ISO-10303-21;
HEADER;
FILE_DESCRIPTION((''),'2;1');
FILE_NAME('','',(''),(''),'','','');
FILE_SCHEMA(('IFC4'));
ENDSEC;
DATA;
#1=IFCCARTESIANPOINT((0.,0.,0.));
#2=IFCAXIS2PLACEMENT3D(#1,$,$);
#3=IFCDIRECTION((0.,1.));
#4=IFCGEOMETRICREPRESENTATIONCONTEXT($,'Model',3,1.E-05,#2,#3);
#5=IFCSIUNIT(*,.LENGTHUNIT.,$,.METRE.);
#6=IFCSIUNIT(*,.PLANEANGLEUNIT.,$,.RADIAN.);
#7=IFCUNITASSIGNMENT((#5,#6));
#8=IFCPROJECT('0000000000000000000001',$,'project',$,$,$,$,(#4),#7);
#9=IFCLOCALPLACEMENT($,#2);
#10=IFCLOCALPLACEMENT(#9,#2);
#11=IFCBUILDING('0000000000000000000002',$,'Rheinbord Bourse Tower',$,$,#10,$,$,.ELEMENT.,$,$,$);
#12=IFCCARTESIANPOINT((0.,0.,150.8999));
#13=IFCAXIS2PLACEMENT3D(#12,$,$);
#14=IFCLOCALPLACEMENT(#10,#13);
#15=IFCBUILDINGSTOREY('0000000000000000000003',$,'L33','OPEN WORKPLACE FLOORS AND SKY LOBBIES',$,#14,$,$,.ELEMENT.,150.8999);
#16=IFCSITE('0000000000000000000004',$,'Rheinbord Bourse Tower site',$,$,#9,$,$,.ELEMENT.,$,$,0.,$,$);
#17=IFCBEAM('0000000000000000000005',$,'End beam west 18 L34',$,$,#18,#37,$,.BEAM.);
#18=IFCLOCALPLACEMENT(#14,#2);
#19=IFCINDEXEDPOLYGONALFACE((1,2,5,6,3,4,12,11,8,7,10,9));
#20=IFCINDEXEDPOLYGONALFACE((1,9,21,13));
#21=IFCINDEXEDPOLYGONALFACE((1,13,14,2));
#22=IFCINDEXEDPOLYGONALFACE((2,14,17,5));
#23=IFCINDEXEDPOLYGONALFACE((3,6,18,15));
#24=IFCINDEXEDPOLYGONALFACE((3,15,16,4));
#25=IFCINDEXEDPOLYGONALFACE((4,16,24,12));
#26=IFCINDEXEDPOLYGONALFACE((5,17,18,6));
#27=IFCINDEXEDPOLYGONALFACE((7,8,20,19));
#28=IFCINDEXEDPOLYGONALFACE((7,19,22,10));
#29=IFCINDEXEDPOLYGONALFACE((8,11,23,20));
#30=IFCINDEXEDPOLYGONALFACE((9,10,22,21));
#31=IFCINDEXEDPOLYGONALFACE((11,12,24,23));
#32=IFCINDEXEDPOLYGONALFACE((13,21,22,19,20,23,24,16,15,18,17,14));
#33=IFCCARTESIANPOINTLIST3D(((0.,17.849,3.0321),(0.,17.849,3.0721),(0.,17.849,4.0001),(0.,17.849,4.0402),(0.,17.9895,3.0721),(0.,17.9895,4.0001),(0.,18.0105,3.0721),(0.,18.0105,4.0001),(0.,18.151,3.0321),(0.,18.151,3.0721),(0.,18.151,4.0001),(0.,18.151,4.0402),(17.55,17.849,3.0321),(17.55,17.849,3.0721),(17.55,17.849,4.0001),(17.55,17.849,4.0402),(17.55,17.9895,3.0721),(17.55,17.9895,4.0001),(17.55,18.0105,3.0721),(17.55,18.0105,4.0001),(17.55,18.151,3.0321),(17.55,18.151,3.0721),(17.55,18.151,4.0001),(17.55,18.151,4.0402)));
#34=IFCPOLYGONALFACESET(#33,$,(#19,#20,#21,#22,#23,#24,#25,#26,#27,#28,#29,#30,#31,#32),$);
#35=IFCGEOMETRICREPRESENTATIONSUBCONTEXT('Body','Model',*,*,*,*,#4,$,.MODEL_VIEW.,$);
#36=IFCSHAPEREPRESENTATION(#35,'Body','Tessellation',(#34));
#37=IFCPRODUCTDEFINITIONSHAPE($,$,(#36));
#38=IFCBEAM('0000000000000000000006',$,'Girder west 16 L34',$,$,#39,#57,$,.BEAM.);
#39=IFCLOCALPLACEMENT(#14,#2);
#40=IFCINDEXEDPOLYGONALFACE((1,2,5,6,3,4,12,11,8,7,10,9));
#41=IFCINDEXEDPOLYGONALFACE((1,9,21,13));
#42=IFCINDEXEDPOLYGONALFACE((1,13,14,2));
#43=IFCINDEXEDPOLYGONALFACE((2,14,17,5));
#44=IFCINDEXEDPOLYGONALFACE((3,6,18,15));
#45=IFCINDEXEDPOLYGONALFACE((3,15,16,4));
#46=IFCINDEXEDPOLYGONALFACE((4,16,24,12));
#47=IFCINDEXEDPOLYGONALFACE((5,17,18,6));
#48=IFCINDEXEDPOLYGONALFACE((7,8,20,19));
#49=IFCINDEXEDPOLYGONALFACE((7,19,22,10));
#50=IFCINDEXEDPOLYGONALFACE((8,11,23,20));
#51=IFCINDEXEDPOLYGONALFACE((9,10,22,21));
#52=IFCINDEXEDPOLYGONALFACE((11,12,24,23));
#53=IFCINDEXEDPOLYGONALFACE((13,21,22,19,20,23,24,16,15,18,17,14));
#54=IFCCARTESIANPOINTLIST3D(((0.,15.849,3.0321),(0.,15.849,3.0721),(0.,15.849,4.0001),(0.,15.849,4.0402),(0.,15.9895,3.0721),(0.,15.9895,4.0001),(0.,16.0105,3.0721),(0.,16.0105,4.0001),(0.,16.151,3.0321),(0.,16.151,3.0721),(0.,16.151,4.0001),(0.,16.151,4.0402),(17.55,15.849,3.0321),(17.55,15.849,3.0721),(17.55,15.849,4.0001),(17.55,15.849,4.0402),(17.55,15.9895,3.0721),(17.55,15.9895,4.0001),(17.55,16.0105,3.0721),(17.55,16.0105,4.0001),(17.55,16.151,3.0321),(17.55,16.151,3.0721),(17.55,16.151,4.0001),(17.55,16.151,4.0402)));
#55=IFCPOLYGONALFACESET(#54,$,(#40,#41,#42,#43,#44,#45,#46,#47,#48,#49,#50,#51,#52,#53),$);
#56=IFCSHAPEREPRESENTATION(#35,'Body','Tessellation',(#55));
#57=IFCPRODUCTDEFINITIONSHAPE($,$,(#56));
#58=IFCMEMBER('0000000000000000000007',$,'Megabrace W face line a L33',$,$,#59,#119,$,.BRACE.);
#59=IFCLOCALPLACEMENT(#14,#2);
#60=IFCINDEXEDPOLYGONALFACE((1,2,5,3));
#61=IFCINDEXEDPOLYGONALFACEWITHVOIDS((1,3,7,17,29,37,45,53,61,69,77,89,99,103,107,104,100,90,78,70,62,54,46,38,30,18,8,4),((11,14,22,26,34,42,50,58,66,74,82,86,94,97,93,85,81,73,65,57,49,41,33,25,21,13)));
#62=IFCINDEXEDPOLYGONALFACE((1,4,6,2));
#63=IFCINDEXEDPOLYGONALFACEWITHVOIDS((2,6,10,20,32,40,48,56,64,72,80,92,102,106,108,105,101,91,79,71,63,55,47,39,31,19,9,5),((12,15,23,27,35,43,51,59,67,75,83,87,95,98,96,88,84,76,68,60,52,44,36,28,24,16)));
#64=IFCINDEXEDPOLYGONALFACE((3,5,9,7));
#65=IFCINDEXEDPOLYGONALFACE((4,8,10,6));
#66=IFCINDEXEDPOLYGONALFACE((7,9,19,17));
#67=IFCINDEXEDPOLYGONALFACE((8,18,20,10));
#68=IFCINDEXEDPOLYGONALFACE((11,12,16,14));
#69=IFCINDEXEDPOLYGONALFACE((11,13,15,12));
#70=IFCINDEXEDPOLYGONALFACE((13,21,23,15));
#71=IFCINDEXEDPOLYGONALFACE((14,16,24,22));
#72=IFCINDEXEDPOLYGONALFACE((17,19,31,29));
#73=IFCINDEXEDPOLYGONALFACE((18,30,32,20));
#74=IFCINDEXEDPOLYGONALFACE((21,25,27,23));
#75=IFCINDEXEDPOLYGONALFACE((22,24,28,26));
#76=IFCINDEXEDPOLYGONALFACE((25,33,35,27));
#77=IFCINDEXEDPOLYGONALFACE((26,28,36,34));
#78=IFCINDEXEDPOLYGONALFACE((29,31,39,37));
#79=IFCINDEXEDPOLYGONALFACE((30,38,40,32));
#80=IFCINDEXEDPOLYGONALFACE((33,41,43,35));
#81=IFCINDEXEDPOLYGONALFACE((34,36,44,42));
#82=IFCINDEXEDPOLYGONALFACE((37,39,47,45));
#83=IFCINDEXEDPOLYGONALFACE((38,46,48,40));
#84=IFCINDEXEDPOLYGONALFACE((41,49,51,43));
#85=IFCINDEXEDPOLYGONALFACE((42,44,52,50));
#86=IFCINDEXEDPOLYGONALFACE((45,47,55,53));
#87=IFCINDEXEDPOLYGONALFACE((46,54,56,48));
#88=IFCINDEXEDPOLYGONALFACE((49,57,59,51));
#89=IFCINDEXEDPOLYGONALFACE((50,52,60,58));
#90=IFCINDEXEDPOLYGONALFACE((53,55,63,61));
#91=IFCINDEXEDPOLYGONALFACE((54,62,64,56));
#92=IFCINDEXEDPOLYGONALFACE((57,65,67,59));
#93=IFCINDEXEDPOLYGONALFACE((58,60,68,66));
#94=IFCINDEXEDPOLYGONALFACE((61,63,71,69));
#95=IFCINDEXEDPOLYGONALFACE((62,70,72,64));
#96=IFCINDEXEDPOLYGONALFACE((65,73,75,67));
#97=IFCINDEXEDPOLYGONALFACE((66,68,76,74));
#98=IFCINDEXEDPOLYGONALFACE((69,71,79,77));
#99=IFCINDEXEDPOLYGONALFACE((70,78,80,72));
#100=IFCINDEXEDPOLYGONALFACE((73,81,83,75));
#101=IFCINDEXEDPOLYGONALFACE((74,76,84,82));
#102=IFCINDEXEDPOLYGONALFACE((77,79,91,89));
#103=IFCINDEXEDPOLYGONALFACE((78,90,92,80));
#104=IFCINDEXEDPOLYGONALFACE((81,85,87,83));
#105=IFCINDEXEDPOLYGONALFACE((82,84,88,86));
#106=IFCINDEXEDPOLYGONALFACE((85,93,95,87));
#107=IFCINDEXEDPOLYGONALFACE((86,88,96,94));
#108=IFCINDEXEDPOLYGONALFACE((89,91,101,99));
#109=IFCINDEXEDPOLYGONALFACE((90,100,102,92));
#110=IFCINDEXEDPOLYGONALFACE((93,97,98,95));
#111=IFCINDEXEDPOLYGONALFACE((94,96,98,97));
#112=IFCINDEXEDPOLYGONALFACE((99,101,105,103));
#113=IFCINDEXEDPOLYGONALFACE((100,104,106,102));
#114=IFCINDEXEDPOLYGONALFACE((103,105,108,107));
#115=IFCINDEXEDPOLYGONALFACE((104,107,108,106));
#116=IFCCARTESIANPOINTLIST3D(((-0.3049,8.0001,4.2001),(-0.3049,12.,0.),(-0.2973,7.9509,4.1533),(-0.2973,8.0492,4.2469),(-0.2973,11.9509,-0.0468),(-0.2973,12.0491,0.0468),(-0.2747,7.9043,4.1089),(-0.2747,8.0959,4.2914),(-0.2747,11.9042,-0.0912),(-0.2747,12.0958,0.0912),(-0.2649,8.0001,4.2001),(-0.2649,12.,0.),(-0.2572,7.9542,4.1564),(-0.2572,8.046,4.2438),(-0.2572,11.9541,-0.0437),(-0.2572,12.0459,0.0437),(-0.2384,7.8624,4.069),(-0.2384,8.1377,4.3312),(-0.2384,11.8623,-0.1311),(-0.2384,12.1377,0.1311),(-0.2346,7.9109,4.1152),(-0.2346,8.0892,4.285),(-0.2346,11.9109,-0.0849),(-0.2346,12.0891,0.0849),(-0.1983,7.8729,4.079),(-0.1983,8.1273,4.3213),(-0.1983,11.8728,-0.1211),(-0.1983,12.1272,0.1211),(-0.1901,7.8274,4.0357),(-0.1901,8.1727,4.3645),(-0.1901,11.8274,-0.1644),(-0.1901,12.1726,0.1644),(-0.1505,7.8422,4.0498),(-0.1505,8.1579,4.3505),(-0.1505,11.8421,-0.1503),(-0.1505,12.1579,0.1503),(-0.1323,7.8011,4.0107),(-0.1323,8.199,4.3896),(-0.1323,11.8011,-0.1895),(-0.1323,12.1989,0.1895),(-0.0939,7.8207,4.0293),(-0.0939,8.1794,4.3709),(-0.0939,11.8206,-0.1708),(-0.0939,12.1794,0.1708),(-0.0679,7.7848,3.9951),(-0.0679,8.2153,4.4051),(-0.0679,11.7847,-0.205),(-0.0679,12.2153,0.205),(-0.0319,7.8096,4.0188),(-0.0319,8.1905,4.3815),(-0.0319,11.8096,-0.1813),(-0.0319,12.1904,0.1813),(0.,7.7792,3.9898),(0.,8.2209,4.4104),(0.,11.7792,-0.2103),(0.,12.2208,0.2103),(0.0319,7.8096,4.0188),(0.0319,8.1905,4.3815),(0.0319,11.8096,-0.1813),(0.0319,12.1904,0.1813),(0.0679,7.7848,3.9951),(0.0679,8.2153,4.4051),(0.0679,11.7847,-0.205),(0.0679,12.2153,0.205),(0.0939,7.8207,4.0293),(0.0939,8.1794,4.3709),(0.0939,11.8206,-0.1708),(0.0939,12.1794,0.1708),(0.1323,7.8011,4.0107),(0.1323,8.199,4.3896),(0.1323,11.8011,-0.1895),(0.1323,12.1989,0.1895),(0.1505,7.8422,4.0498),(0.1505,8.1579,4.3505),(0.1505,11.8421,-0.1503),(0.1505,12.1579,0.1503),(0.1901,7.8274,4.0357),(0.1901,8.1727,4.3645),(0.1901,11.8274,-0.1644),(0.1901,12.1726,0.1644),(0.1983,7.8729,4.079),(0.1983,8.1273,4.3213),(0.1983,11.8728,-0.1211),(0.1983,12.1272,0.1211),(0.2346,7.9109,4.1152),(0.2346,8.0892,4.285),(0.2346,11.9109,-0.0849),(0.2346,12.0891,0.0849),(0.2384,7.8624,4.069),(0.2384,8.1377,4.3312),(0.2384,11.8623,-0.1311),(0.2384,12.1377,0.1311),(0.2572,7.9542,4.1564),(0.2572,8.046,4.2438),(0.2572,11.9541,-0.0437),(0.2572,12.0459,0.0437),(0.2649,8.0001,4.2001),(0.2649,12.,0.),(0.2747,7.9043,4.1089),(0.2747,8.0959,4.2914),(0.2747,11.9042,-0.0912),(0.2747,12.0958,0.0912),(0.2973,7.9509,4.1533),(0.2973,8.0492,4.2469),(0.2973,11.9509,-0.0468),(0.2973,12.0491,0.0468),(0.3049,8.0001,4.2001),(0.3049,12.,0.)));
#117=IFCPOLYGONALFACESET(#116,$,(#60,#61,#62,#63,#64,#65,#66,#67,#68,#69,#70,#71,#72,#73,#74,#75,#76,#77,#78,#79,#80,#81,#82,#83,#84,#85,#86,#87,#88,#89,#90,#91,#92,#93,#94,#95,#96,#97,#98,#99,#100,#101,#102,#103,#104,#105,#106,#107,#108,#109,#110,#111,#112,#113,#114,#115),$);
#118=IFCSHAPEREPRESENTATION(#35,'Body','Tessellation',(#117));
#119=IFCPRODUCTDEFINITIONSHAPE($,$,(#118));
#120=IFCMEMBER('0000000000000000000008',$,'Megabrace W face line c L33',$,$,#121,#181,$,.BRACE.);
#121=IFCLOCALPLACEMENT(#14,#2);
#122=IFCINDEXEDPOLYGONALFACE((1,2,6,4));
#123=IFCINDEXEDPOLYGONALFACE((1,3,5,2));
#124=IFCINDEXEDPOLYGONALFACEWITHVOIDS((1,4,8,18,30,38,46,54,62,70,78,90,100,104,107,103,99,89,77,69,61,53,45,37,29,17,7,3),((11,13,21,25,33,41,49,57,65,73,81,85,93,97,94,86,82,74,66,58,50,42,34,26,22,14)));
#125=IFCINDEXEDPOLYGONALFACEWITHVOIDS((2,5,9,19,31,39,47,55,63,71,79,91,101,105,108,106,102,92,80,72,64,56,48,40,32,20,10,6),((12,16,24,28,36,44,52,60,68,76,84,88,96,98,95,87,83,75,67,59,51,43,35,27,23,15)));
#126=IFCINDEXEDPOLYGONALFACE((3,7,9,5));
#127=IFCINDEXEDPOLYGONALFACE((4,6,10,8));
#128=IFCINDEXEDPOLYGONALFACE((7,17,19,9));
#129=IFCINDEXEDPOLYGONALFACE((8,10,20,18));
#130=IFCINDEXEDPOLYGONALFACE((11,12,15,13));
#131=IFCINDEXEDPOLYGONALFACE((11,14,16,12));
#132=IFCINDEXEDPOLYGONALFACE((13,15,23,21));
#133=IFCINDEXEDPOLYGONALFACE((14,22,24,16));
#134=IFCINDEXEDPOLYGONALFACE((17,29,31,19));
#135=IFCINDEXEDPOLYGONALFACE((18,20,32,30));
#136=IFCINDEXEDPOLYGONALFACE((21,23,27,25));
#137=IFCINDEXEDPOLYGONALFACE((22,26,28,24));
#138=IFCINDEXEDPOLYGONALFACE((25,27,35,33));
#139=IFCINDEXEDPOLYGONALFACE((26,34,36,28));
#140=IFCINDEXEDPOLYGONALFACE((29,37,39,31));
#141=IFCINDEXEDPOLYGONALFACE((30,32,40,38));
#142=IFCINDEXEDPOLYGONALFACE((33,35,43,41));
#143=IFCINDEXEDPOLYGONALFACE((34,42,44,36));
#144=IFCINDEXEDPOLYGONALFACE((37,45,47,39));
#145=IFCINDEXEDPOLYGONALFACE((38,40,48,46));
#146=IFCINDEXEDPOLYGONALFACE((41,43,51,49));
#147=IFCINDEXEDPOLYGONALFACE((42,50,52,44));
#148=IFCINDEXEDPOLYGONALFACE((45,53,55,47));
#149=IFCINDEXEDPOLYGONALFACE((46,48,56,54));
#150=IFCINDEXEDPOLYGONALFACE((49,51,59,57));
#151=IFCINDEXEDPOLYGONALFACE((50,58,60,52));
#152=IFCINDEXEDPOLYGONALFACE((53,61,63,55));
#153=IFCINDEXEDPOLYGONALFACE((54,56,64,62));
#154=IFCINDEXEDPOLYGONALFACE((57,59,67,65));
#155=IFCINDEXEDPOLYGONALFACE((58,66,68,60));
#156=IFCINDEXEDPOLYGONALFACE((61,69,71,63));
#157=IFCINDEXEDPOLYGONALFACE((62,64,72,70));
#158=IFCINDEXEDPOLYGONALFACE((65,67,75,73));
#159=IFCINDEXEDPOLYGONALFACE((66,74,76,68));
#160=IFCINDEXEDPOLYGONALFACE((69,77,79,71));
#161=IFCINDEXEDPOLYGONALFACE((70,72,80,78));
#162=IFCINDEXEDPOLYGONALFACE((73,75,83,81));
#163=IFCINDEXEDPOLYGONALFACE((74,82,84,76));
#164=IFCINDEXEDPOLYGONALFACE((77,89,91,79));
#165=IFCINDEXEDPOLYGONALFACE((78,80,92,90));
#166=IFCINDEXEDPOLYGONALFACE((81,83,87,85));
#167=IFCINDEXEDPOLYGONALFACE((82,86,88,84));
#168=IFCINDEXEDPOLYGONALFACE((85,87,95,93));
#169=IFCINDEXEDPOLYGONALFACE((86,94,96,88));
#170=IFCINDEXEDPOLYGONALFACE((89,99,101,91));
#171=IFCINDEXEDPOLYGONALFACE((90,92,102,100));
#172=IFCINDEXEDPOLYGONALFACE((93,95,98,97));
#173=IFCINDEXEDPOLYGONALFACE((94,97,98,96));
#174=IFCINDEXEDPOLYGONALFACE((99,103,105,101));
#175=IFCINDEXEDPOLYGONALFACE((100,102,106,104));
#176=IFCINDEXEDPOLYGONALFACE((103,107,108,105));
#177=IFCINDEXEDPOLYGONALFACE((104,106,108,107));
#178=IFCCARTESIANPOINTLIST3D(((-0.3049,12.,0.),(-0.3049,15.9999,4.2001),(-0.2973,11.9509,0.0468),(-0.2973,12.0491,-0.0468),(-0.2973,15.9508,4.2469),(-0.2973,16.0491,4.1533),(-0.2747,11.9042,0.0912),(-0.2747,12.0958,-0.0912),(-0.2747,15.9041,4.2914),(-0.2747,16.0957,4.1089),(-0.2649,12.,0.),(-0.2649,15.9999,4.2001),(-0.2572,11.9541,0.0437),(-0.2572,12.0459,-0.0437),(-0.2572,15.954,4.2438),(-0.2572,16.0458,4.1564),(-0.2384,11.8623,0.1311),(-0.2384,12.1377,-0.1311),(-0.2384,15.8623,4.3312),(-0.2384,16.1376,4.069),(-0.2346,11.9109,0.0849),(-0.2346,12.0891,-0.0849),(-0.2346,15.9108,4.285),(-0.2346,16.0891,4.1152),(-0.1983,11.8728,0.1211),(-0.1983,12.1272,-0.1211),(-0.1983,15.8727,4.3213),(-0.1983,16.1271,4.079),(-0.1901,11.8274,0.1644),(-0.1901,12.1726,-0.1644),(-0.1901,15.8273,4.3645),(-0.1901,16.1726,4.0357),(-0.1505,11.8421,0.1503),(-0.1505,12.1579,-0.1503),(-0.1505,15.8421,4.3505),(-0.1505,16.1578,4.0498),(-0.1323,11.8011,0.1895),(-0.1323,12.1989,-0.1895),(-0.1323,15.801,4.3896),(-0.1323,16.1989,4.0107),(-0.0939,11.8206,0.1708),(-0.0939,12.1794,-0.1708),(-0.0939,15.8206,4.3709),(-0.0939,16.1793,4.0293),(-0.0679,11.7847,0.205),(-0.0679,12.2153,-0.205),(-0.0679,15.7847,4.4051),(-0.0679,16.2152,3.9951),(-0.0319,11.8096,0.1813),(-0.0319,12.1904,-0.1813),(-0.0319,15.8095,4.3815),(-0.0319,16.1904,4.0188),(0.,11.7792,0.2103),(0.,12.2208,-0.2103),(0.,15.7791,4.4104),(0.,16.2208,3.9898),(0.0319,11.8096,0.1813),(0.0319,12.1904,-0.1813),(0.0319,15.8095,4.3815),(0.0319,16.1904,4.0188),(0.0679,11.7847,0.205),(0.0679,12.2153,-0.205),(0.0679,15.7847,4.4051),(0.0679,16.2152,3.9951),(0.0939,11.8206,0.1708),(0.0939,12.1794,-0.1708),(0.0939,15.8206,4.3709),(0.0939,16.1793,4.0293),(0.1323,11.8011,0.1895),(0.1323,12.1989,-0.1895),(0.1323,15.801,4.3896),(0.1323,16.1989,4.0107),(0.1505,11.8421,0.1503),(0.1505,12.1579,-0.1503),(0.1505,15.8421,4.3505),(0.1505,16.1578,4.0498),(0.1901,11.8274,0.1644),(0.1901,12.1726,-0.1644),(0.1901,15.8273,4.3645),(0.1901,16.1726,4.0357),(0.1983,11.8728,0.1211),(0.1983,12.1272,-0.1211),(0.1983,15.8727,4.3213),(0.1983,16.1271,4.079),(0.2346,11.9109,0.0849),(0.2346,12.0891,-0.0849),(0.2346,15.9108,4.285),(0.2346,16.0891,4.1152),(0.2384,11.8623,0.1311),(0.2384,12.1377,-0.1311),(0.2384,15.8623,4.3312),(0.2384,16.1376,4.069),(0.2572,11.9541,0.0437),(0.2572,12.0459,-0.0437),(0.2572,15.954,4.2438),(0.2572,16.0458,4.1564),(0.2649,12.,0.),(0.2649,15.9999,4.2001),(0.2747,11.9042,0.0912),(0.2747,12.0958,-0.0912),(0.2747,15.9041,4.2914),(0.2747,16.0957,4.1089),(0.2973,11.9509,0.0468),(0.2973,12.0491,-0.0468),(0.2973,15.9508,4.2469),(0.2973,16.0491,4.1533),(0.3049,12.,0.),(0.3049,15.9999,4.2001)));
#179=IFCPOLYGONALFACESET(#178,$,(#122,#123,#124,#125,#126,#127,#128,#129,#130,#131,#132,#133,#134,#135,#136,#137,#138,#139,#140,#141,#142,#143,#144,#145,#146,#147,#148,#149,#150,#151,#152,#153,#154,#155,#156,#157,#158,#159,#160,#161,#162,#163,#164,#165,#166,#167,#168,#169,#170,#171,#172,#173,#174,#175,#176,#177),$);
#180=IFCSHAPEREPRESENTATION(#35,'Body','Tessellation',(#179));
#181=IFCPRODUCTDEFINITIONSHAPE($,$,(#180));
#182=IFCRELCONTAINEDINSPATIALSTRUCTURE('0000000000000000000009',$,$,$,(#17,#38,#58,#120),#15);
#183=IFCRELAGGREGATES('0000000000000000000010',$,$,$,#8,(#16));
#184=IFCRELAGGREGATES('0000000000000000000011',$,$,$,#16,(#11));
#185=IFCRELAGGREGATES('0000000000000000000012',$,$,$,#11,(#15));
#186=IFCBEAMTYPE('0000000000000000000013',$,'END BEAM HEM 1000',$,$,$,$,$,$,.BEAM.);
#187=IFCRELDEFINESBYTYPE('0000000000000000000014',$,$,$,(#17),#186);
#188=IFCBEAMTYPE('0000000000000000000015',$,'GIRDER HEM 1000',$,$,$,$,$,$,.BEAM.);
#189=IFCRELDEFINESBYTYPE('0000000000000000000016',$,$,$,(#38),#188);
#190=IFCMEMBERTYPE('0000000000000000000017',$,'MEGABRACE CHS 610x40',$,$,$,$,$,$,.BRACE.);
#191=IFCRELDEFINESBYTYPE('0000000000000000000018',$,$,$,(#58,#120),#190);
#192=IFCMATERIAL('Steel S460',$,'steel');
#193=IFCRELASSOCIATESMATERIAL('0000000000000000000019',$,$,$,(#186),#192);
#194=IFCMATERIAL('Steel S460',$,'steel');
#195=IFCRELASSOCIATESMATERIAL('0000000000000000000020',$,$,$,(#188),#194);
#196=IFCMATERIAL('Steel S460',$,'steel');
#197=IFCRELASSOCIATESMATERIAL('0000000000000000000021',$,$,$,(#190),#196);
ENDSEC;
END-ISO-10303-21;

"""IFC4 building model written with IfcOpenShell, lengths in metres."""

from ifc_helpers import new_model, si_unit, direction, frame, origin, origin_2d, place, context, subcontext, project, spatial, hollow_circle, i_section, extrude, material, material_profile, profile_set, type_object, element, save


model = new_model("IFC4")

# Units and contexts
model_context = context("Model", 3, precision=1e-05, world=origin(), true_north=direction((0.0, 1.0)))
body_context = subcontext(model_context, "Body", "Model", "MODEL_VIEW")
ifc_project = project(units=[si_unit("LENGTHUNIT", "METRE"), si_unit("PLANEANGLEUNIT", "RADIAN")], contexts=[model_context])

# Site, building, storey
site_placement = place(None, origin())
site = spatial("IfcSite", under=ifc_project, at=site_placement, Name="Rheinbord Bourse Tower site", CompositionType="ELEMENT", RefElevation=0.0)
building_placement = place(site_placement, origin())
building = spatial("IfcBuilding", under=site, at=building_placement, Name="Rheinbord Bourse Tower", CompositionType="ELEMENT")
storey_placement = place(building_placement, frame((0.0, 0.0, 150.8999)))
storey = spatial("IfcBuildingStorey", under=building, at=storey_placement, Name="L33", Description="OPEN WORKPLACE FLOORS AND SKY LOBBIES", CompositionType="ELEMENT", Elevation=150.8999)

# Beams
ifc_material_1 = material(Name="Steel S460", Category="steel")
ifc_material_profile_1 = material_profile(ifc_material_1, i_section(OverallWidth=0.302, OverallDepth=1.0081, WebThickness=0.021, FlangeThickness=0.04, at=origin_2d()), Name="HEM 1000")
ifc_profile_set_1 = profile_set([ifc_material_profile_1], Name="Steel S460")
beam_type_1 = type_object("IfcBeamType", Name="END BEAM HEM 1000", PredefinedType="BEAM", material=ifc_profile_set_1)
beam_1_placement = place(storey_placement, frame((0.0, 18.0, 3.5361), z_axis=(1.0, 0.0, 0.0), x_axis=(0.0, 1.0, 0.0)))
element("IfcBeam", 1, at=beam_1_placement, inside=storey, type_object=beam_type_1, Name="End beam west 18 L34", PredefinedType="BEAM", context=body_context, shape_type="SweptSolid", body=[
    extrude(i_section(OverallWidth=0.302, OverallDepth=1.0081, WebThickness=0.021, FlangeThickness=0.04, at=origin_2d()), origin(), (0.0, 0.0, 1.0), 17.55),
])
ifc_material_2 = material(Name="Steel S460", Category="steel")
ifc_material_profile_2 = material_profile(ifc_material_2, i_section(OverallWidth=0.302, OverallDepth=1.0081, WebThickness=0.021, FlangeThickness=0.04, at=origin_2d()), Name="HEM 1000")
ifc_profile_set_2 = profile_set([ifc_material_profile_2], Name="Steel S460")
beam_type_2 = type_object("IfcBeamType", Name="GIRDER HEM 1000", PredefinedType="BEAM", material=ifc_profile_set_2)
beam_2_placement = place(storey_placement, frame((0.0, 16.0, 3.5361), z_axis=(1.0, 0.0, 0.0), x_axis=(0.0, 1.0, 0.0)))
element("IfcBeam", 2, at=beam_2_placement, inside=storey, type_object=beam_type_2, Name="Girder west 16 L34", PredefinedType="BEAM", context=body_context, shape_type="SweptSolid", body=[
    extrude(i_section(OverallWidth=0.302, OverallDepth=1.0081, WebThickness=0.021, FlangeThickness=0.04, at=origin_2d()), origin(), (0.0, 0.0, 1.0), 17.55),
])

# Members
ifc_material_3 = material(Name="Steel S460", Category="steel")
ifc_material_profile_3 = material_profile(ifc_material_3, hollow_circle(Radius=0.3049, WallThickness=0.04, at=origin_2d()), Name="CHS 610x40")
ifc_profile_set_3 = profile_set([ifc_material_profile_3], Name="Steel S460")
member_type_1 = type_object("IfcMemberType", Name="MEGABRACE CHS 610x40", PredefinedType="BRACE", material=ifc_profile_set_3)
for number, where, z_axis, x_axis, name in (
    (3, (0.0, 12.0, 0.0), (0.0, -0.689638, 0.724154), (1.0, 0.0, 0.0), "Megabrace W face line a L33"),
    (4, (0.0, 12.0, 0.0), (0.0, 0.689638, 0.724154), (-1.0, 0.0, 0.0), "Megabrace W face line c L33"),
):
    element("IfcMember", number, at=place(storey_placement, frame(where, z_axis=z_axis, x_axis=x_axis)), inside=storey, type_object=member_type_1, Name=name, PredefinedType="BRACE", context=body_context, shape_type="SweptSolid", body=[
        extrude(hollow_circle(Radius=0.3049, WallThickness=0.04, at=origin_2d()), origin(), (0.0, 0.0, 1.0), 5.8),
    ])

save(model, "model.ifc")
